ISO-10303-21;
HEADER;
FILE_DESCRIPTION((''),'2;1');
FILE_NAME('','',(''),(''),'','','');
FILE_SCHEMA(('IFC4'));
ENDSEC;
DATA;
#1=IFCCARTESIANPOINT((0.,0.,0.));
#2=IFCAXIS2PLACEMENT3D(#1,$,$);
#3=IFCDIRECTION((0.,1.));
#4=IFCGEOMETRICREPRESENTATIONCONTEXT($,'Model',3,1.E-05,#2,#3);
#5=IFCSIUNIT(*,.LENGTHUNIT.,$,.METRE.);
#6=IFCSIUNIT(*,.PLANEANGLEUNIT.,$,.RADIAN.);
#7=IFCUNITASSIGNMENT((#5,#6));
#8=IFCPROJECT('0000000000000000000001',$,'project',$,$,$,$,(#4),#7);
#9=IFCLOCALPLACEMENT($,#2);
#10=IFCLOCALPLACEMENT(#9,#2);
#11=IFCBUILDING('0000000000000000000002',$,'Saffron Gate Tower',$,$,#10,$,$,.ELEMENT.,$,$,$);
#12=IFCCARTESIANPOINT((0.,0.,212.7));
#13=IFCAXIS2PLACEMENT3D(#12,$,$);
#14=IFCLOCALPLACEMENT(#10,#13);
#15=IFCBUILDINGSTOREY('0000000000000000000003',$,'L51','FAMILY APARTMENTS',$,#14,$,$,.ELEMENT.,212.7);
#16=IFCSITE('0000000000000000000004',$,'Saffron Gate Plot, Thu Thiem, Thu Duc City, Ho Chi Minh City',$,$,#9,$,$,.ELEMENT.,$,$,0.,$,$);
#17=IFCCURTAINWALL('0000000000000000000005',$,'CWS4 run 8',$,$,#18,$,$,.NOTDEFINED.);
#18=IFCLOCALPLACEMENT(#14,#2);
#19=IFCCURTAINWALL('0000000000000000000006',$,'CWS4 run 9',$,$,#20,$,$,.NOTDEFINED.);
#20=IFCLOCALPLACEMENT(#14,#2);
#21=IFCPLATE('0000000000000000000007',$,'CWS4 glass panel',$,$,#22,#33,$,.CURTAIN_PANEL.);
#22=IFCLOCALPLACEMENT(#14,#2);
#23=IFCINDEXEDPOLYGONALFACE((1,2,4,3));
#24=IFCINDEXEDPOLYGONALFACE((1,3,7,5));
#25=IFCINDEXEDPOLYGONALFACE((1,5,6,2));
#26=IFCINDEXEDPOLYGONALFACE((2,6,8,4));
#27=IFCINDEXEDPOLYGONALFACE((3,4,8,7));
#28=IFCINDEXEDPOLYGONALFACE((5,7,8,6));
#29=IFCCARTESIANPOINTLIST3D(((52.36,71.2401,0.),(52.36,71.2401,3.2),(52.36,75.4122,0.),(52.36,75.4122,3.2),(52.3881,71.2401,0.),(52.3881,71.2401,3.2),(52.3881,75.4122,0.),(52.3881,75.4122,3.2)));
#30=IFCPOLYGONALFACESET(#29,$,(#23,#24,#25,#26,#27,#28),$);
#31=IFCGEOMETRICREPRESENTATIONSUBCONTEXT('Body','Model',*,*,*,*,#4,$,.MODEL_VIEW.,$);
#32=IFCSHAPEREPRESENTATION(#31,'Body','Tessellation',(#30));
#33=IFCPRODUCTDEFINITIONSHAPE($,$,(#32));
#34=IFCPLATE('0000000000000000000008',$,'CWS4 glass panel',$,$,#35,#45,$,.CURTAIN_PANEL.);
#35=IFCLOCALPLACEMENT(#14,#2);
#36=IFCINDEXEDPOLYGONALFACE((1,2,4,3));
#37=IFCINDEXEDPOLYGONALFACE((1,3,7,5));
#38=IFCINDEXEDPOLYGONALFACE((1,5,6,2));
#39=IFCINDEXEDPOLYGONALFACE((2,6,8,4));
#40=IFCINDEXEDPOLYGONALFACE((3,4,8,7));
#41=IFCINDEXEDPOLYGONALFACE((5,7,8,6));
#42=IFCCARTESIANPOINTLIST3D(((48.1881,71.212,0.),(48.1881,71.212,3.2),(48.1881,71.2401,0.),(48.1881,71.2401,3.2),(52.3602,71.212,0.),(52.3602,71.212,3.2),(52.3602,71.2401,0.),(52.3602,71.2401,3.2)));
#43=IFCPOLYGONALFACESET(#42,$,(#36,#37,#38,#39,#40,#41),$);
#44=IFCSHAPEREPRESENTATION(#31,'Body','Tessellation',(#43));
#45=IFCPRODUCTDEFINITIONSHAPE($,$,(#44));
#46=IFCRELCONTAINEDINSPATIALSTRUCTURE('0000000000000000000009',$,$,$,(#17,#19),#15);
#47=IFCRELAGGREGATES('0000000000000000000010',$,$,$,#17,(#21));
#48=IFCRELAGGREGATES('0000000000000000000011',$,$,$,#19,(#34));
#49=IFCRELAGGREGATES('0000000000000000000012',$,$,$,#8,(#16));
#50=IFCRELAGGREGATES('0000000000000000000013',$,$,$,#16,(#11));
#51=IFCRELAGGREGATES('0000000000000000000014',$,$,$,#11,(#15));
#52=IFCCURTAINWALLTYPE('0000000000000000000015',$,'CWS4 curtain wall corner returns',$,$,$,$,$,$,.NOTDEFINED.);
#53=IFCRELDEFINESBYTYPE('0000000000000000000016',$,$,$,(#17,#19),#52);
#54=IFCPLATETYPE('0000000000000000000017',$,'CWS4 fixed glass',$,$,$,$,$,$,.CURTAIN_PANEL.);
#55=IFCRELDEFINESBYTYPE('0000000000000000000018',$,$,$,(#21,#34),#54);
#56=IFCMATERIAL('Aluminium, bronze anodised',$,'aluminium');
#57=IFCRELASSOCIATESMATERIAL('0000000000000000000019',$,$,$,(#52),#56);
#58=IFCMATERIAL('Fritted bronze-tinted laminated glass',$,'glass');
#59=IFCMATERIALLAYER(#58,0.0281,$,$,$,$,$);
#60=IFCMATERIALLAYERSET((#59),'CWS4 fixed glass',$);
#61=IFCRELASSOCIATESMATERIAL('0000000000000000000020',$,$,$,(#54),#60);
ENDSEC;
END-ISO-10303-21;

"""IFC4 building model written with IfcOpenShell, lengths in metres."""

from ifc_helpers import new_model, si_unit, direction, frame, frame_2d, origin, place, context, subcontext, project, spatial, rectangle, extrude, material, layer, layer_set, type_object, element, aggregate, save


model = new_model("IFC4")

# Units and contexts
model_context = context("Model", 3, precision=1e-05, world=origin(), true_north=direction((0.0, 1.0)))
body_context = subcontext(model_context, "Body", "Model", "MODEL_VIEW")
ifc_project = project(units=[si_unit("LENGTHUNIT", "METRE"), si_unit("PLANEANGLEUNIT", "RADIAN")], contexts=[model_context])

# Site, building, storey
site_placement = place(None, origin())
site = spatial("IfcSite", under=ifc_project, at=site_placement, Name="Saffron Gate Plot, Thu Thiem, Thu Duc City, Ho Chi Minh City", CompositionType="ELEMENT", RefElevation=0.0)
building_placement = place(site_placement, origin())
building = spatial("IfcBuilding", under=site, at=building_placement, Name="Saffron Gate Tower", CompositionType="ELEMENT")
storey_placement = place(building_placement, frame((0.0, 0.0, 212.7)))
storey = spatial("IfcBuildingStorey", under=building, at=storey_placement, Name="L51", Description="FAMILY APARTMENTS", CompositionType="ELEMENT", Elevation=212.7)

# Shared definitions
ifc_material_1 = material(Name="Aluminium, bronze anodised", Category="aluminium")

# Curtain walls
curtain_wall_type_1 = type_object("IfcCurtainWallType", Name="CWS4 curtain wall corner returns", PredefinedType="NOTDEFINED", material=ifc_material_1)
curtain_wall_1_placement = place(storey_placement, origin())
curtain_wall_1 = element("IfcCurtainWall", 1, at=curtain_wall_1_placement, inside=storey, type_object=curtain_wall_type_1, Name="CWS4 run 8", PredefinedType="NOTDEFINED")
curtain_wall_2_placement = place(storey_placement, origin())
curtain_wall_2 = element("IfcCurtainWall", 2, at=curtain_wall_2_placement, inside=storey, type_object=curtain_wall_type_1, Name="CWS4 run 9", PredefinedType="NOTDEFINED")

# Shared definitions
ifc_material_2 = material(Name="Fritted bronze-tinted laminated glass", Category="glass")

# Plates
ifc_layer_1 = layer(ifc_material_2, 0.0281)
ifc_layer_set_1 = layer_set([ifc_layer_1], Name="CWS4 fixed glass")
plate_type_1 = type_object("IfcPlateType", Name="CWS4 fixed glass", PredefinedType="CURTAIN_PANEL", material=ifc_layer_set_1)
plate_1_placement = place(storey_placement, frame((52.374, 75.4121, 0.0), z_axis=(0.0, 0.0, 1.0), x_axis=(0.0, -1.0, 0.0)))
plate_1 = element("IfcPlate", 3, at=plate_1_placement, type_object=plate_type_1, Name="CWS4 glass panel", PredefinedType="CURTAIN_PANEL", context=body_context, shape_type="SweptSolid", body=[
    extrude(rectangle(XDim=4.1721, YDim=0.0281, at=frame_2d((2.0859, 0.0))), origin(), (0.0, 0.0, 1.0), 3.2),
])
aggregate(curtain_wall_1, [plate_1])
plate_2_placement = place(storey_placement, frame((52.3601, 71.2261, 0.0), z_axis=(0.0, 0.0, 1.0), x_axis=(-1.0, 0.0, 0.0)))
plate_2 = element("IfcPlate", 4, at=plate_2_placement, type_object=plate_type_1, Name="CWS4 glass panel", PredefinedType="CURTAIN_PANEL", context=body_context, shape_type="SweptSolid", body=[
    extrude(rectangle(XDim=4.1721, YDim=0.0281, at=frame_2d((2.0859, 0.0))), origin(), (0.0, 0.0, 1.0), 3.2),
])
aggregate(curtain_wall_2, [plate_2])

save(model, "model.ifc")
